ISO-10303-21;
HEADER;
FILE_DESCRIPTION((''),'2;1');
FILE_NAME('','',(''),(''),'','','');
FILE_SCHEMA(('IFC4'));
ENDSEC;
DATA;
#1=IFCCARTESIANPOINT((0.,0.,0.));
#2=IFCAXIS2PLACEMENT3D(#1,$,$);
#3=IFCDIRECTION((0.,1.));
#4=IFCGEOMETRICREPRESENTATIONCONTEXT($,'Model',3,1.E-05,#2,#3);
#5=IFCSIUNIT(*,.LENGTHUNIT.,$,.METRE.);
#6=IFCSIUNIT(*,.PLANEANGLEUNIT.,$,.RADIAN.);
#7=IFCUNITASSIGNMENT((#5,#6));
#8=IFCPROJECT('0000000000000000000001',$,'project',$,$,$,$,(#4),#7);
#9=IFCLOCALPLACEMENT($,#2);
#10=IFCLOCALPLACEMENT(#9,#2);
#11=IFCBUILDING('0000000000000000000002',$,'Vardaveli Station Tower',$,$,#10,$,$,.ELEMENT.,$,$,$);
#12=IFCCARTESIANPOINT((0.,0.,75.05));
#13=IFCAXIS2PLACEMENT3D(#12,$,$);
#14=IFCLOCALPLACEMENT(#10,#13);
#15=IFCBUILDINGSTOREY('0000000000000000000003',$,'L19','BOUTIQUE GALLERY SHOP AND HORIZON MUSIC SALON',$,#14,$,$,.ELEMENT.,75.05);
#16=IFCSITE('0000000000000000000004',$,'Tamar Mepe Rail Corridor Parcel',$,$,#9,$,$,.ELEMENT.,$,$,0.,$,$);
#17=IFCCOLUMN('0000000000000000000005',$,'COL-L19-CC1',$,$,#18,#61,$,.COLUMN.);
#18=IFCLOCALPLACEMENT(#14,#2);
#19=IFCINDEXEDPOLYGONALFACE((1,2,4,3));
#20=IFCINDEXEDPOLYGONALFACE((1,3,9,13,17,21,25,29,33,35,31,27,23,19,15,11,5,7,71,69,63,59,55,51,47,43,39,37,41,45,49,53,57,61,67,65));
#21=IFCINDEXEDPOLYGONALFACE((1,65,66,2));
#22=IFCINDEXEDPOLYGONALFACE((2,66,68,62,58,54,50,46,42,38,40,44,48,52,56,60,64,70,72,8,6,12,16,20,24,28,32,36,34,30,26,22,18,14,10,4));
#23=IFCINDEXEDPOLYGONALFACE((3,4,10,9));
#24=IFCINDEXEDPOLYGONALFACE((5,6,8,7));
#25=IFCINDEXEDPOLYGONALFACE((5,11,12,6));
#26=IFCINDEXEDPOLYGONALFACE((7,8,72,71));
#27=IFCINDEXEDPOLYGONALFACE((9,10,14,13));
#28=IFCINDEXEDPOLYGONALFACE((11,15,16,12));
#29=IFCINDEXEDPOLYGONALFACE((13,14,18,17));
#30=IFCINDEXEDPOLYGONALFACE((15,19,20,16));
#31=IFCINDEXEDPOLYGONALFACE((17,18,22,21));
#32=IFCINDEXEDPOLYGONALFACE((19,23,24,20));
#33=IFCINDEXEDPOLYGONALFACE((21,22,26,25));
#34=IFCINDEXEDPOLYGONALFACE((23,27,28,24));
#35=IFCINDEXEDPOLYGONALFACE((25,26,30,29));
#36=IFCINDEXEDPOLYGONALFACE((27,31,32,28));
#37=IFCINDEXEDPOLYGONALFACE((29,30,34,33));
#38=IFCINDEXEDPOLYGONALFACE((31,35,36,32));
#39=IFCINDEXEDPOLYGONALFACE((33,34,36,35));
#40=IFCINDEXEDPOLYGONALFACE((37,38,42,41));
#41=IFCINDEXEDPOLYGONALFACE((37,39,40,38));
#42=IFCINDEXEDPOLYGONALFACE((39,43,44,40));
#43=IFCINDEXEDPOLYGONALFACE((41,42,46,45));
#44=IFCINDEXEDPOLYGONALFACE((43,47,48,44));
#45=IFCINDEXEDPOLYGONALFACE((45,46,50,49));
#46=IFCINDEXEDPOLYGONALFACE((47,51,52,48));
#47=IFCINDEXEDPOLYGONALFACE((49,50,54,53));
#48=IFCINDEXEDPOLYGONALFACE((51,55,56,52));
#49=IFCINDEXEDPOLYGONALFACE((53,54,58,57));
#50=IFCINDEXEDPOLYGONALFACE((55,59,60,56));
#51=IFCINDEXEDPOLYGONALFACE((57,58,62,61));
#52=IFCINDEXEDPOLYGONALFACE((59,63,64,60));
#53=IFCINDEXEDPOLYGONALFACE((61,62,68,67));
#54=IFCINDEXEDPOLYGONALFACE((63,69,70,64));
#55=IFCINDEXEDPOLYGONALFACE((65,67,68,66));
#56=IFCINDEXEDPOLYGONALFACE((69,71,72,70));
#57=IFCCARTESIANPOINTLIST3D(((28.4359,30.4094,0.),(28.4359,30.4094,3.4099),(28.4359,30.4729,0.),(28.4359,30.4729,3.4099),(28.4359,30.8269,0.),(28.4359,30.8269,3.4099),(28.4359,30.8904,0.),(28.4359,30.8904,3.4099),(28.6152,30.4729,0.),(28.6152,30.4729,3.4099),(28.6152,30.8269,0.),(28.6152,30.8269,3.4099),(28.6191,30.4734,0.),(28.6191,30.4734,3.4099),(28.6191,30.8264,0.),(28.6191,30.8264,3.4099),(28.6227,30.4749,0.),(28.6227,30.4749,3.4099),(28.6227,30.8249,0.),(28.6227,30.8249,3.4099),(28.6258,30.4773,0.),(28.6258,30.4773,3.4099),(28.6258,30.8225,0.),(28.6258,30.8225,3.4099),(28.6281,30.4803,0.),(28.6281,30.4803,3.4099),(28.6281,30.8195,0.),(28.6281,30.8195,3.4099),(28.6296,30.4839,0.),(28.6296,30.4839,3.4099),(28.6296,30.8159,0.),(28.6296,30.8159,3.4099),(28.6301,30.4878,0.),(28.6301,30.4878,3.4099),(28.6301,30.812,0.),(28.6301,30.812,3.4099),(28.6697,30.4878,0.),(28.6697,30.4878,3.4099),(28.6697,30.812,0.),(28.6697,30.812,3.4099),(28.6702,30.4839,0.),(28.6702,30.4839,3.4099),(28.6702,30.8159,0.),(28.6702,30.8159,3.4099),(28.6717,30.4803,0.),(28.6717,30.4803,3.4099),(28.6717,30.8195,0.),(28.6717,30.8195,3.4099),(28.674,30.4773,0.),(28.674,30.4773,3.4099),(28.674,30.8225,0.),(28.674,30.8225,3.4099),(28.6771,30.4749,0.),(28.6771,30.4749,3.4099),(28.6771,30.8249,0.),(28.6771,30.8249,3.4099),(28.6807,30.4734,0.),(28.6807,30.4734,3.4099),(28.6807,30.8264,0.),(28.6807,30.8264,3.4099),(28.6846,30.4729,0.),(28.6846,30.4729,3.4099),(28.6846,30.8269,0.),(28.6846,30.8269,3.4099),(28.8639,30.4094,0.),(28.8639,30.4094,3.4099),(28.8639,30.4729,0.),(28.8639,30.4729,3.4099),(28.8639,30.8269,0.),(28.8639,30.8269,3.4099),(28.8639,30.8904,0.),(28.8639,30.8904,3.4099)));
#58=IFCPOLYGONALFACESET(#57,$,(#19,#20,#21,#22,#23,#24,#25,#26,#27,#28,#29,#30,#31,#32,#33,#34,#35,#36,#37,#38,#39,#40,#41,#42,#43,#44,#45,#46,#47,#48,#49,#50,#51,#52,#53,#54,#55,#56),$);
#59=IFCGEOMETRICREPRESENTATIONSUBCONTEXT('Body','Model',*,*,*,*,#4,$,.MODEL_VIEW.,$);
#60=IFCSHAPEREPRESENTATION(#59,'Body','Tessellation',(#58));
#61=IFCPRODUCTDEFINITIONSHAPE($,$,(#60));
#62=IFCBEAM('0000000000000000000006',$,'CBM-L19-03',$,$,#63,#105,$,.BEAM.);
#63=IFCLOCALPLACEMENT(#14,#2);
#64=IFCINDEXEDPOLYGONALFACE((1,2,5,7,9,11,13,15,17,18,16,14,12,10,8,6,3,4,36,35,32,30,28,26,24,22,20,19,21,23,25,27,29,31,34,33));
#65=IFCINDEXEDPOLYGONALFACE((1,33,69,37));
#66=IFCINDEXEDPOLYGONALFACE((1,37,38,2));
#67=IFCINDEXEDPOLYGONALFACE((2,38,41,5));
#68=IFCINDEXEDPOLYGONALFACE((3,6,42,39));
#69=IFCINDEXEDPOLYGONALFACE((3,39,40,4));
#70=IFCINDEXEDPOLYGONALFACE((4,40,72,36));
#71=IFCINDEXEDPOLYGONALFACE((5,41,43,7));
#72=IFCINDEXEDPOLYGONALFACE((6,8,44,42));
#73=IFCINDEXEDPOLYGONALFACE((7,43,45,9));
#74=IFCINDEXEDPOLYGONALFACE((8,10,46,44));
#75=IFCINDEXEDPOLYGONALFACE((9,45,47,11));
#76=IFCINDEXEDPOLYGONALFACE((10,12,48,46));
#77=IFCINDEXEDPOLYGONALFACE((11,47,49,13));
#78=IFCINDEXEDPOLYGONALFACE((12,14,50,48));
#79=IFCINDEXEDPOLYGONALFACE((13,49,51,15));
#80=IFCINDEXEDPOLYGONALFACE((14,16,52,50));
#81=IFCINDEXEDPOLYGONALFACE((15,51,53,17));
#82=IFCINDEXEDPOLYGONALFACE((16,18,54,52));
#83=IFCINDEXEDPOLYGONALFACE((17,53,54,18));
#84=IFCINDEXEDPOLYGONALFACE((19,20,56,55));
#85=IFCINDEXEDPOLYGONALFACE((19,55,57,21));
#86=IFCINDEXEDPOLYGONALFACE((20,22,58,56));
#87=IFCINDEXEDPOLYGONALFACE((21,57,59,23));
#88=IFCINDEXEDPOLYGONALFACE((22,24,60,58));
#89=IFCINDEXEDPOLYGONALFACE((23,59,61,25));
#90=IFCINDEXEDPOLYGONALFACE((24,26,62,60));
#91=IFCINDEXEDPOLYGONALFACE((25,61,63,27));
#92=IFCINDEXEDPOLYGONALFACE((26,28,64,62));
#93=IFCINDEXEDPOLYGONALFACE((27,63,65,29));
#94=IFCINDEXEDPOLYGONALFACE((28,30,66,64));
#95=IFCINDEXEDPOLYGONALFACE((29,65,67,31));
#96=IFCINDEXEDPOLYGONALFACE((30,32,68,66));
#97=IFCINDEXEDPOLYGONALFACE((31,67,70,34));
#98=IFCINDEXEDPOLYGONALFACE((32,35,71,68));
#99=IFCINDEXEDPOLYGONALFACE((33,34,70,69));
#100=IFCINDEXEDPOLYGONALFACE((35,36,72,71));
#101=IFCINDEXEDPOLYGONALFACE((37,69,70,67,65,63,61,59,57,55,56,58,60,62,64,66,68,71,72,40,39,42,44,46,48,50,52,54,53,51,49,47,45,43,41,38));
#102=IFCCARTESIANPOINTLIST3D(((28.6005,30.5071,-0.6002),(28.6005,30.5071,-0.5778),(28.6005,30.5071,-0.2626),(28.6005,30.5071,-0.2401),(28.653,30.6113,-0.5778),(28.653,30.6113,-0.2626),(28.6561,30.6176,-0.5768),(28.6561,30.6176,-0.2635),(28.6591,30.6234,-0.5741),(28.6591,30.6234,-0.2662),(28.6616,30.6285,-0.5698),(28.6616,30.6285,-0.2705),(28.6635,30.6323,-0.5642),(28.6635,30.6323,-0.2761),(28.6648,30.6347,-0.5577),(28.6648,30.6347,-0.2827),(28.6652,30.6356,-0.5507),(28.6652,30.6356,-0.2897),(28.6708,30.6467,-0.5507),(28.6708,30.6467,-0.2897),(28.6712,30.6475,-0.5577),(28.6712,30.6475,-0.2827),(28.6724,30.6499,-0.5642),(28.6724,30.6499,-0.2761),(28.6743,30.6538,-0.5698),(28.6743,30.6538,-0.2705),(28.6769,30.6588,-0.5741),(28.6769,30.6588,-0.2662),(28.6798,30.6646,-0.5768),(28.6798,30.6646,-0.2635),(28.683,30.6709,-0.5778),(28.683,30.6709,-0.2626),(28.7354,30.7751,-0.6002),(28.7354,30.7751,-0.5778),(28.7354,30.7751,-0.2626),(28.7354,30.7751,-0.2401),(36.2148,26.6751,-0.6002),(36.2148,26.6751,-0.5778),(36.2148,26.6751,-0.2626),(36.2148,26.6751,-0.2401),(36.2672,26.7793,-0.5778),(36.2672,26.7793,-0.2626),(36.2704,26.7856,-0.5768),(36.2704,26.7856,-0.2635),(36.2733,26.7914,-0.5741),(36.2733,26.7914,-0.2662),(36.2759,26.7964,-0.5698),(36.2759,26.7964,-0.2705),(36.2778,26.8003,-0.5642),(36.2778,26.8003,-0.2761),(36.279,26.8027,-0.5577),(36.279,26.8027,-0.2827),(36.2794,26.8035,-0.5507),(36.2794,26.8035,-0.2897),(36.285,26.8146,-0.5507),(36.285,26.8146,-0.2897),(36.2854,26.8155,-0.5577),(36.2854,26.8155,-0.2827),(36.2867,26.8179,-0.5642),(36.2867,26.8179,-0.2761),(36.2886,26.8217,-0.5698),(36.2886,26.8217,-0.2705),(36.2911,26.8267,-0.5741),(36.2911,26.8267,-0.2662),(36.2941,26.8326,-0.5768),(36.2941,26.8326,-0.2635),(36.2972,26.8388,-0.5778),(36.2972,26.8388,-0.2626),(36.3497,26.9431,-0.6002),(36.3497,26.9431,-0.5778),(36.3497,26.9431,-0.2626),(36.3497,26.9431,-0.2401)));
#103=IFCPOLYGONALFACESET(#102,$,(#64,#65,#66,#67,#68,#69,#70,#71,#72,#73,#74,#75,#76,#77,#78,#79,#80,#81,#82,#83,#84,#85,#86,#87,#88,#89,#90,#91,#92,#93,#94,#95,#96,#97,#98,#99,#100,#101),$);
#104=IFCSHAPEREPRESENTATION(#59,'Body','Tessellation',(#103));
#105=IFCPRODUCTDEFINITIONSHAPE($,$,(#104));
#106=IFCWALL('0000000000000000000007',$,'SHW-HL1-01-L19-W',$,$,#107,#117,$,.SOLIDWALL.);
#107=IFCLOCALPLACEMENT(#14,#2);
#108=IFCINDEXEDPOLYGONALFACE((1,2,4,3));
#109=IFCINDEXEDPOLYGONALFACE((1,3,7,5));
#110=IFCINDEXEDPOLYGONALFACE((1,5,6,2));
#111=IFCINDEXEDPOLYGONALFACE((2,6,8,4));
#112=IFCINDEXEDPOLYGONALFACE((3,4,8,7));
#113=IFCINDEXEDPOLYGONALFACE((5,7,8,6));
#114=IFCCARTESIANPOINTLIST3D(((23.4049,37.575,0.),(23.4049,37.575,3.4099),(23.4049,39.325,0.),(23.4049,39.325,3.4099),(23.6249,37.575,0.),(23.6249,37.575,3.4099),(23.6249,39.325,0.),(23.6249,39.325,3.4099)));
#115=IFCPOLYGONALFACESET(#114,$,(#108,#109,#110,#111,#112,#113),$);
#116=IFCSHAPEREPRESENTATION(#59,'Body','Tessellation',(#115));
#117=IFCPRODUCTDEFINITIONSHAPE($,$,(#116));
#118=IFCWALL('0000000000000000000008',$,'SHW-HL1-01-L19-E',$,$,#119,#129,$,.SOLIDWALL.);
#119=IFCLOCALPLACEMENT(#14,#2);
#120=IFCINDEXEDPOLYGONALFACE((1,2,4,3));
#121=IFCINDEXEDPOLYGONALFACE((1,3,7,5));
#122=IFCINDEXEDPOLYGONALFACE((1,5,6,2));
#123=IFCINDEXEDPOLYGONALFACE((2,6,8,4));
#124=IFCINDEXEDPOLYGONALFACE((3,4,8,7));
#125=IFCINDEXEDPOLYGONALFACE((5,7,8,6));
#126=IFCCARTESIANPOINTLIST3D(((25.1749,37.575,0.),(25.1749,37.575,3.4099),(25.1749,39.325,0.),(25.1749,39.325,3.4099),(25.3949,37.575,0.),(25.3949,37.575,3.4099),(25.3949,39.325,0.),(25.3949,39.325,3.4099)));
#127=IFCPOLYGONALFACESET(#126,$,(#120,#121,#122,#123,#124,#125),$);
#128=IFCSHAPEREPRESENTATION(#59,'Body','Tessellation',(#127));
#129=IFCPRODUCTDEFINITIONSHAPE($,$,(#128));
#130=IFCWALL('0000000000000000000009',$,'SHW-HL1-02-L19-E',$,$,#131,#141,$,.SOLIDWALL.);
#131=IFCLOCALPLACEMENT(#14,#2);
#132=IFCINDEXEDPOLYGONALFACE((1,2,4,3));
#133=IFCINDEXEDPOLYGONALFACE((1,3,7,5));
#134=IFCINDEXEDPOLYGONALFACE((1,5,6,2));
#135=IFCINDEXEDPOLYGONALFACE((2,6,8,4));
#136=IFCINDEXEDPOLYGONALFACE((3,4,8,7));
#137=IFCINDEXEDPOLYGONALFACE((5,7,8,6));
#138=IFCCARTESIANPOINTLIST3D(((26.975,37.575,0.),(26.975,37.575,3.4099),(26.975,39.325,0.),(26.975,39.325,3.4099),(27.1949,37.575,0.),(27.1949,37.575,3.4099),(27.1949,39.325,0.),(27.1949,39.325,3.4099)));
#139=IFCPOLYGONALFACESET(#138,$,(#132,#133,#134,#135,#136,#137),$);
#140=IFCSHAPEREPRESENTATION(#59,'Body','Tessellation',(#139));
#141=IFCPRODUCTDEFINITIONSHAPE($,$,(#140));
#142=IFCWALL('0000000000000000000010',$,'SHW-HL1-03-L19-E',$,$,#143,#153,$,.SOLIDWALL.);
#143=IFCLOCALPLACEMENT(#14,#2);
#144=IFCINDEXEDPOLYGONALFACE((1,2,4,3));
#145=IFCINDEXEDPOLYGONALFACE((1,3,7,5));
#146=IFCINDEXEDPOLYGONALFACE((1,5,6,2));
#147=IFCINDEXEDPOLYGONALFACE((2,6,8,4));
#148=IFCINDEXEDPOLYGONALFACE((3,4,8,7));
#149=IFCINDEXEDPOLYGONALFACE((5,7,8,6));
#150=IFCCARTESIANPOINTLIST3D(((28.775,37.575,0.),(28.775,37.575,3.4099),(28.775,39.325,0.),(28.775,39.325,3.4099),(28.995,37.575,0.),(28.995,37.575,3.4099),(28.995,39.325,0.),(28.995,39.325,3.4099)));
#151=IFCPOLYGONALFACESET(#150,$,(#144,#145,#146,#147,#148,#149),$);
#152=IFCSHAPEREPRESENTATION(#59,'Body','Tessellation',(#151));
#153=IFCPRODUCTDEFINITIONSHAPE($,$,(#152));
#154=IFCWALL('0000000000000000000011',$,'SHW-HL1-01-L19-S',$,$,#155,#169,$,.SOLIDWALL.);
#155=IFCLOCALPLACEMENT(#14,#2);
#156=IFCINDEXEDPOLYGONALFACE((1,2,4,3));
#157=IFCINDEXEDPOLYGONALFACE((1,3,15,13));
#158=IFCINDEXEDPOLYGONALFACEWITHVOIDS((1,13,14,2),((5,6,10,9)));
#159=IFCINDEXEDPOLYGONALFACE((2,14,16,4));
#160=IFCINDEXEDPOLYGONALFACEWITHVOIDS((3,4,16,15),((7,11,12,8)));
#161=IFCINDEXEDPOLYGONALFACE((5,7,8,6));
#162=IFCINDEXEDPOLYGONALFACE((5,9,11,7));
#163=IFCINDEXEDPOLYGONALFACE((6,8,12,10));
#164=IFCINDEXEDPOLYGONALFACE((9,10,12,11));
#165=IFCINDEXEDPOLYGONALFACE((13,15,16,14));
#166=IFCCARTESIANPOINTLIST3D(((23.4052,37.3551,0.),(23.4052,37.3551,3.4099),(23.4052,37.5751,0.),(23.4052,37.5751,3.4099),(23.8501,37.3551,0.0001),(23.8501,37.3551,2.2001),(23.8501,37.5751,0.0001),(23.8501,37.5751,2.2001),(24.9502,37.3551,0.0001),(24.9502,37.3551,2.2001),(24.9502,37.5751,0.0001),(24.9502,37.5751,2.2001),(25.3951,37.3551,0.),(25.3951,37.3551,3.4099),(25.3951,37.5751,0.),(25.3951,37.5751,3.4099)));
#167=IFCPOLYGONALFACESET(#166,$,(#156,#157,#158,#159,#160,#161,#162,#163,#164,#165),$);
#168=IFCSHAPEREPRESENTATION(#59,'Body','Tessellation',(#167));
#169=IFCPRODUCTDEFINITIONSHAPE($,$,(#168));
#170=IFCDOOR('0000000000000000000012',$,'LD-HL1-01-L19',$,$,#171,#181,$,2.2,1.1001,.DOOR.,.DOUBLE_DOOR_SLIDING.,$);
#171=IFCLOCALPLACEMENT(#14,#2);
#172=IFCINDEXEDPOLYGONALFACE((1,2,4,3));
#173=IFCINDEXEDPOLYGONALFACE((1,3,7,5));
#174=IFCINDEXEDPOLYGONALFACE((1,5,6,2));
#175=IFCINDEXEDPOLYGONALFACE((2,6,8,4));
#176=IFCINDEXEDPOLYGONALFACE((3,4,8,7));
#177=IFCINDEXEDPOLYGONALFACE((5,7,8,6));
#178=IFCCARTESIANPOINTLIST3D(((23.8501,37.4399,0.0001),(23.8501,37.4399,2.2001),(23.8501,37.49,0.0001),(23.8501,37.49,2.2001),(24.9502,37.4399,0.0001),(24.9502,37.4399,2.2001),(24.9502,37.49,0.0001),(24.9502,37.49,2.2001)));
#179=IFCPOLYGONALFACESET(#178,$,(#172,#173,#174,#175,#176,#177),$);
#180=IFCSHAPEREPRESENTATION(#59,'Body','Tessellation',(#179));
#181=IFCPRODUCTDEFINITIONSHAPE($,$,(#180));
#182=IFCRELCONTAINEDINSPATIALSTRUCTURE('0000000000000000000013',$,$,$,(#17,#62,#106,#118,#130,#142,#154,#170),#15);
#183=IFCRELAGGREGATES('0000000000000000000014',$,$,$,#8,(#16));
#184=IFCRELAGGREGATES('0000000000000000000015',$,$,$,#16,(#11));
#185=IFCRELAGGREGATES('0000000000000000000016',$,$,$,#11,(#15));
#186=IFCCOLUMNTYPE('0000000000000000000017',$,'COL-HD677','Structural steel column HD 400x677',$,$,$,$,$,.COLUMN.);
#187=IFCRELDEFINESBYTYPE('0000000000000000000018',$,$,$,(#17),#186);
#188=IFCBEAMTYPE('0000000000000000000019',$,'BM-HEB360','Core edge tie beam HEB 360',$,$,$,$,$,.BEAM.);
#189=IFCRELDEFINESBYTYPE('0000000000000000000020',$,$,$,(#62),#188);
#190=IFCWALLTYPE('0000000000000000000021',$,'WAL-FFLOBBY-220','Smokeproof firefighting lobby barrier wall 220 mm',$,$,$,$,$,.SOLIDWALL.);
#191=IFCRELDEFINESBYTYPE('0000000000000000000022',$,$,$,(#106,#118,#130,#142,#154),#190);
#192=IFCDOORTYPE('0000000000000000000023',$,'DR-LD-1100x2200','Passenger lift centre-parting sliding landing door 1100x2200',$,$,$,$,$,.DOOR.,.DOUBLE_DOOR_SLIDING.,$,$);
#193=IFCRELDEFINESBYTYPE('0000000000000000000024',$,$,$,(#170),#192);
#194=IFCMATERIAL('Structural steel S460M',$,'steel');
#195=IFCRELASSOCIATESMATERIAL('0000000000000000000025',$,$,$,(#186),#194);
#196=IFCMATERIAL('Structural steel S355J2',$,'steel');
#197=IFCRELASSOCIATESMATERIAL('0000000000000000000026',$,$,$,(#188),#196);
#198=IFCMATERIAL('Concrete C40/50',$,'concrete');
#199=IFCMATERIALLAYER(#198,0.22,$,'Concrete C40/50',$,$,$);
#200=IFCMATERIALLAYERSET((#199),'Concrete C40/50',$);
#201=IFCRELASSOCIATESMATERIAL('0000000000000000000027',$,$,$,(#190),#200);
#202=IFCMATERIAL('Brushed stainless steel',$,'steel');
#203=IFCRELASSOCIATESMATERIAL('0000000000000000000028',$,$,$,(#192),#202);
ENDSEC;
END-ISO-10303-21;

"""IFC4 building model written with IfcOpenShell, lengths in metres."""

from ifc_helpers import new_model, si_unit, direction, frame, frame_2d, origin, origin_2d, place, context, subcontext, project, spatial, rectangle, i_section, extrude, source, transform, mapped, material, layer, layer_set, material_profile, profile_set, type_object, element, fill, save


model = new_model("IFC4")

# Units and contexts
model_context = context("Model", 3, precision=1e-05, world=origin(), true_north=direction((0.0, 1.0)))
body_context = subcontext(model_context, "Body", "Model", "MODEL_VIEW")
ifc_project = project(units=[si_unit("LENGTHUNIT", "METRE"), si_unit("PLANEANGLEUNIT", "RADIAN")], contexts=[model_context])

# Site, building, storey
site_placement = place(None, origin())
site = spatial("IfcSite", under=ifc_project, at=site_placement, Name="Tamar Mepe Rail Corridor Parcel", CompositionType="ELEMENT", RefElevation=0.0)
building_placement = place(site_placement, origin())
building = spatial("IfcBuilding", under=site, at=building_placement, Name="Vardaveli Station Tower", CompositionType="ELEMENT")
storey_placement = place(building_placement, frame((0.0, 0.0, 75.05)))
storey = spatial("IfcBuildingStorey", under=building, at=storey_placement, Name="L19", Description="BOUTIQUE GALLERY SHOP AND HORIZON MUSIC SALON", CompositionType="ELEMENT", Elevation=75.05)

# Column
ifc_material_1 = material(Name="Structural steel S460M", Category="steel")
ifc_material_profile_1 = material_profile(ifc_material_1, i_section(OverallWidth=0.428, OverallDepth=0.481, WebThickness=0.0396, FlangeThickness=0.0635, FilletRadius=0.0149, at=origin_2d()), Name="HD 400x677")
ifc_profile_set_1 = profile_set([ifc_material_profile_1], Name="Structural steel S460M")
column_type = type_object("IfcColumnType", Name="COL-HD677", Description="Structural steel column HD 400x677", PredefinedType="COLUMN", material=ifc_profile_set_1)
shared_shape_1 = source(origin(), body_context, "Body", "SweptSolid", [
    extrude(i_section(OverallWidth=0.428, OverallDepth=0.481, WebThickness=0.0396, FlangeThickness=0.0635, FilletRadius=0.0149, at=origin_2d()), origin(), (0.0, 0.0, 1.0), 3.4099),
])
column_placement = place(storey_placement, frame((28.6499, 30.6499, 0.0), z_axis=(0.0, 0.0, 1.0), x_axis=(1.0, 0.0, 0.0)))
element("IfcColumn", 1, at=column_placement, inside=storey, type_object=column_type, Name="COL-L19-CC1", PredefinedType="COLUMN", context=body_context, shape_type="MappedRepresentation", body=[
    mapped(shared_shape_1, transform((0.0, 0.0, 0.0), scale=1.0)),
])

# Beam
ifc_material_2 = material(Name="Structural steel S355J2", Category="steel")
ifc_material_profile_2 = material_profile(ifc_material_2, i_section(OverallWidth=0.3, OverallDepth=0.3601, WebThickness=0.0125, FlangeThickness=0.0225, FilletRadius=0.0271, at=origin_2d()), Name="HEB 360")
ifc_profile_set_2 = profile_set([ifc_material_profile_2], Name="Structural steel S355J2")
beam_type = type_object("IfcBeamType", Name="BM-HEB360", Description="Core edge tie beam HEB 360", PredefinedType="BEAM", material=ifc_profile_set_2)
shared_shape_2 = source(origin(), body_context, "Body", "SweptSolid", [
    extrude(i_section(OverallWidth=0.3, OverallDepth=0.3601, WebThickness=0.0125, FlangeThickness=0.0225, FilletRadius=0.0271, at=origin_2d()), origin(), (0.0, 0.0, 1.0), 8.5242),
])
beam_placement = place(storey_placement, frame((28.668, 30.6411, -0.4202), z_axis=(0.893256, -0.449549, 0.0), x_axis=(0.449549, 0.893256, 0.0)))
element("IfcBeam", 2, at=beam_placement, inside=storey, type_object=beam_type, Name="CBM-L19-03", PredefinedType="BEAM", context=body_context, shape_type="MappedRepresentation", body=[
    mapped(shared_shape_2, transform((0.0, 0.0, 0.0), scale=1.0)),
])

# Walls
ifc_material_3 = material(Name="Concrete C40/50", Category="concrete")
ifc_layer = layer(ifc_material_3, 0.22, Name="Concrete C40/50")
ifc_layer_set = layer_set([ifc_layer], Name="Concrete C40/50")
wall_type = type_object("IfcWallType", Name="WAL-FFLOBBY-220", Description="Smokeproof firefighting lobby barrier wall 220 mm", PredefinedType="SOLIDWALL", material=ifc_layer_set)
shared_shape_3 = source(origin(), body_context, "Body", "SweptSolid", [
    extrude(rectangle(XDim=1.75, YDim=0.22, at=frame_2d((0.875, 0.0))), origin(), (0.0, 0.0, 1.0), 3.4099),
])
for number, where, z_axis, x_axis, name in (
    (3, (23.5149, 37.575, 0.0), (0.0, 0.0, 1.0), (0.0, 1.0, 0.0), "SHW-HL1-01-L19-W"),
    (4, (25.2849, 37.575, 0.0), (0.0, 0.0, 1.0), (0.0, 1.0, 0.0), "SHW-HL1-01-L19-E"),
    (5, (27.085, 37.575, 0.0), (0.0, 0.0, 1.0), (0.0, 1.0, 0.0), "SHW-HL1-02-L19-E"),
    (6, (28.885, 37.575, 0.0), (0.0, 0.0, 1.0), (0.0, 1.0, 0.0), "SHW-HL1-03-L19-E"),
):
    element("IfcWall", number, at=place(storey_placement, frame(where, z_axis=z_axis, x_axis=x_axis)), inside=storey, type_object=wall_type, Name=name, PredefinedType="SOLIDWALL", context=body_context, shape_type="MappedRepresentation", body=[
        mapped(shared_shape_3, transform((0.0, 0.0, 0.0), scale=1.0)),
    ])

# Wall, opening, door
shared_shape_4 = source(origin(), body_context, "Body", "SweptSolid", [
    extrude(rectangle(XDim=1.99, YDim=0.22, at=frame_2d((0.9951, 0.0))), origin(), (0.0, 0.0, 1.0), 3.4099),
])
wall_1_placement = place(storey_placement, frame((23.405, 37.4651, 0.0), z_axis=(0.0, 0.0, 1.0), x_axis=(1.0, 0.0, 0.0)))
wall_1 = element("IfcWall", 7, at=wall_1_placement, inside=storey, type_object=wall_type, Name="SHW-HL1-01-L19-S", PredefinedType="SOLIDWALL", context=body_context, shape_type="MappedRepresentation", body=[
    mapped(shared_shape_4, transform((0.0, 0.0, 0.0), scale=1.0)),
])
shared_shape_5 = source(origin(), body_context, "Body", "SweptSolid", [
    extrude(rectangle(XDim=1.1001, YDim=2.2, at=frame_2d((0.55, 1.1001))), frame((0.0, 0.1201, 0.0), z_axis=(0.0, -1.0, 0.0), x_axis=(1.0, 0.0, 0.0)), (0.0, 0.0, 1.0), 0.24),
])
opening_1_placement = place(wall_1_placement, frame((0.4451, 0.0, 0.0)))
opening_1 = element("IfcOpeningElement", 8, at=opening_1_placement, cuts=wall_1, PredefinedType="OPENING", context=body_context, shape_type="MappedRepresentation", body=[
    mapped(shared_shape_5, transform((0.0, 0.0, 0.0), scale=1.0)),
])
ifc_material_4 = material(Name="Brushed stainless steel", Category="steel")
door_type = type_object("IfcDoorType", Name="DR-LD-1100x2200", Description="Passenger lift centre-parting sliding landing door 1100x2200", OperationType="DOUBLE_DOOR_SLIDING", PredefinedType="DOOR", material=ifc_material_4)
shared_shape_6 = source(origin(), body_context, "Body", "SweptSolid", [
    extrude(rectangle(XDim=1.1001, YDim=2.2, at=frame_2d((0.55, 1.1001))), frame((0.0, 0.0249, 0.0), z_axis=(0.0, -1.0, 0.0), x_axis=(1.0, 0.0, 0.0)), (0.0, 0.0, 1.0), 0.05),
])
door_1_placement = place(opening_1_placement, origin())
door_1 = element("IfcDoor", 9, at=door_1_placement, inside=storey, type_object=door_type, Name="LD-HL1-01-L19", OperationType="DOUBLE_DOOR_SLIDING", OverallHeight=2.2, OverallWidth=1.1001, PredefinedType="DOOR", context=body_context, shape_type="MappedRepresentation", body=[
    mapped(shared_shape_6, transform((0.0, 0.0, 0.0), scale=1.0)),
])
fill(opening_1, door_1)

save(model, "model.ifc")
